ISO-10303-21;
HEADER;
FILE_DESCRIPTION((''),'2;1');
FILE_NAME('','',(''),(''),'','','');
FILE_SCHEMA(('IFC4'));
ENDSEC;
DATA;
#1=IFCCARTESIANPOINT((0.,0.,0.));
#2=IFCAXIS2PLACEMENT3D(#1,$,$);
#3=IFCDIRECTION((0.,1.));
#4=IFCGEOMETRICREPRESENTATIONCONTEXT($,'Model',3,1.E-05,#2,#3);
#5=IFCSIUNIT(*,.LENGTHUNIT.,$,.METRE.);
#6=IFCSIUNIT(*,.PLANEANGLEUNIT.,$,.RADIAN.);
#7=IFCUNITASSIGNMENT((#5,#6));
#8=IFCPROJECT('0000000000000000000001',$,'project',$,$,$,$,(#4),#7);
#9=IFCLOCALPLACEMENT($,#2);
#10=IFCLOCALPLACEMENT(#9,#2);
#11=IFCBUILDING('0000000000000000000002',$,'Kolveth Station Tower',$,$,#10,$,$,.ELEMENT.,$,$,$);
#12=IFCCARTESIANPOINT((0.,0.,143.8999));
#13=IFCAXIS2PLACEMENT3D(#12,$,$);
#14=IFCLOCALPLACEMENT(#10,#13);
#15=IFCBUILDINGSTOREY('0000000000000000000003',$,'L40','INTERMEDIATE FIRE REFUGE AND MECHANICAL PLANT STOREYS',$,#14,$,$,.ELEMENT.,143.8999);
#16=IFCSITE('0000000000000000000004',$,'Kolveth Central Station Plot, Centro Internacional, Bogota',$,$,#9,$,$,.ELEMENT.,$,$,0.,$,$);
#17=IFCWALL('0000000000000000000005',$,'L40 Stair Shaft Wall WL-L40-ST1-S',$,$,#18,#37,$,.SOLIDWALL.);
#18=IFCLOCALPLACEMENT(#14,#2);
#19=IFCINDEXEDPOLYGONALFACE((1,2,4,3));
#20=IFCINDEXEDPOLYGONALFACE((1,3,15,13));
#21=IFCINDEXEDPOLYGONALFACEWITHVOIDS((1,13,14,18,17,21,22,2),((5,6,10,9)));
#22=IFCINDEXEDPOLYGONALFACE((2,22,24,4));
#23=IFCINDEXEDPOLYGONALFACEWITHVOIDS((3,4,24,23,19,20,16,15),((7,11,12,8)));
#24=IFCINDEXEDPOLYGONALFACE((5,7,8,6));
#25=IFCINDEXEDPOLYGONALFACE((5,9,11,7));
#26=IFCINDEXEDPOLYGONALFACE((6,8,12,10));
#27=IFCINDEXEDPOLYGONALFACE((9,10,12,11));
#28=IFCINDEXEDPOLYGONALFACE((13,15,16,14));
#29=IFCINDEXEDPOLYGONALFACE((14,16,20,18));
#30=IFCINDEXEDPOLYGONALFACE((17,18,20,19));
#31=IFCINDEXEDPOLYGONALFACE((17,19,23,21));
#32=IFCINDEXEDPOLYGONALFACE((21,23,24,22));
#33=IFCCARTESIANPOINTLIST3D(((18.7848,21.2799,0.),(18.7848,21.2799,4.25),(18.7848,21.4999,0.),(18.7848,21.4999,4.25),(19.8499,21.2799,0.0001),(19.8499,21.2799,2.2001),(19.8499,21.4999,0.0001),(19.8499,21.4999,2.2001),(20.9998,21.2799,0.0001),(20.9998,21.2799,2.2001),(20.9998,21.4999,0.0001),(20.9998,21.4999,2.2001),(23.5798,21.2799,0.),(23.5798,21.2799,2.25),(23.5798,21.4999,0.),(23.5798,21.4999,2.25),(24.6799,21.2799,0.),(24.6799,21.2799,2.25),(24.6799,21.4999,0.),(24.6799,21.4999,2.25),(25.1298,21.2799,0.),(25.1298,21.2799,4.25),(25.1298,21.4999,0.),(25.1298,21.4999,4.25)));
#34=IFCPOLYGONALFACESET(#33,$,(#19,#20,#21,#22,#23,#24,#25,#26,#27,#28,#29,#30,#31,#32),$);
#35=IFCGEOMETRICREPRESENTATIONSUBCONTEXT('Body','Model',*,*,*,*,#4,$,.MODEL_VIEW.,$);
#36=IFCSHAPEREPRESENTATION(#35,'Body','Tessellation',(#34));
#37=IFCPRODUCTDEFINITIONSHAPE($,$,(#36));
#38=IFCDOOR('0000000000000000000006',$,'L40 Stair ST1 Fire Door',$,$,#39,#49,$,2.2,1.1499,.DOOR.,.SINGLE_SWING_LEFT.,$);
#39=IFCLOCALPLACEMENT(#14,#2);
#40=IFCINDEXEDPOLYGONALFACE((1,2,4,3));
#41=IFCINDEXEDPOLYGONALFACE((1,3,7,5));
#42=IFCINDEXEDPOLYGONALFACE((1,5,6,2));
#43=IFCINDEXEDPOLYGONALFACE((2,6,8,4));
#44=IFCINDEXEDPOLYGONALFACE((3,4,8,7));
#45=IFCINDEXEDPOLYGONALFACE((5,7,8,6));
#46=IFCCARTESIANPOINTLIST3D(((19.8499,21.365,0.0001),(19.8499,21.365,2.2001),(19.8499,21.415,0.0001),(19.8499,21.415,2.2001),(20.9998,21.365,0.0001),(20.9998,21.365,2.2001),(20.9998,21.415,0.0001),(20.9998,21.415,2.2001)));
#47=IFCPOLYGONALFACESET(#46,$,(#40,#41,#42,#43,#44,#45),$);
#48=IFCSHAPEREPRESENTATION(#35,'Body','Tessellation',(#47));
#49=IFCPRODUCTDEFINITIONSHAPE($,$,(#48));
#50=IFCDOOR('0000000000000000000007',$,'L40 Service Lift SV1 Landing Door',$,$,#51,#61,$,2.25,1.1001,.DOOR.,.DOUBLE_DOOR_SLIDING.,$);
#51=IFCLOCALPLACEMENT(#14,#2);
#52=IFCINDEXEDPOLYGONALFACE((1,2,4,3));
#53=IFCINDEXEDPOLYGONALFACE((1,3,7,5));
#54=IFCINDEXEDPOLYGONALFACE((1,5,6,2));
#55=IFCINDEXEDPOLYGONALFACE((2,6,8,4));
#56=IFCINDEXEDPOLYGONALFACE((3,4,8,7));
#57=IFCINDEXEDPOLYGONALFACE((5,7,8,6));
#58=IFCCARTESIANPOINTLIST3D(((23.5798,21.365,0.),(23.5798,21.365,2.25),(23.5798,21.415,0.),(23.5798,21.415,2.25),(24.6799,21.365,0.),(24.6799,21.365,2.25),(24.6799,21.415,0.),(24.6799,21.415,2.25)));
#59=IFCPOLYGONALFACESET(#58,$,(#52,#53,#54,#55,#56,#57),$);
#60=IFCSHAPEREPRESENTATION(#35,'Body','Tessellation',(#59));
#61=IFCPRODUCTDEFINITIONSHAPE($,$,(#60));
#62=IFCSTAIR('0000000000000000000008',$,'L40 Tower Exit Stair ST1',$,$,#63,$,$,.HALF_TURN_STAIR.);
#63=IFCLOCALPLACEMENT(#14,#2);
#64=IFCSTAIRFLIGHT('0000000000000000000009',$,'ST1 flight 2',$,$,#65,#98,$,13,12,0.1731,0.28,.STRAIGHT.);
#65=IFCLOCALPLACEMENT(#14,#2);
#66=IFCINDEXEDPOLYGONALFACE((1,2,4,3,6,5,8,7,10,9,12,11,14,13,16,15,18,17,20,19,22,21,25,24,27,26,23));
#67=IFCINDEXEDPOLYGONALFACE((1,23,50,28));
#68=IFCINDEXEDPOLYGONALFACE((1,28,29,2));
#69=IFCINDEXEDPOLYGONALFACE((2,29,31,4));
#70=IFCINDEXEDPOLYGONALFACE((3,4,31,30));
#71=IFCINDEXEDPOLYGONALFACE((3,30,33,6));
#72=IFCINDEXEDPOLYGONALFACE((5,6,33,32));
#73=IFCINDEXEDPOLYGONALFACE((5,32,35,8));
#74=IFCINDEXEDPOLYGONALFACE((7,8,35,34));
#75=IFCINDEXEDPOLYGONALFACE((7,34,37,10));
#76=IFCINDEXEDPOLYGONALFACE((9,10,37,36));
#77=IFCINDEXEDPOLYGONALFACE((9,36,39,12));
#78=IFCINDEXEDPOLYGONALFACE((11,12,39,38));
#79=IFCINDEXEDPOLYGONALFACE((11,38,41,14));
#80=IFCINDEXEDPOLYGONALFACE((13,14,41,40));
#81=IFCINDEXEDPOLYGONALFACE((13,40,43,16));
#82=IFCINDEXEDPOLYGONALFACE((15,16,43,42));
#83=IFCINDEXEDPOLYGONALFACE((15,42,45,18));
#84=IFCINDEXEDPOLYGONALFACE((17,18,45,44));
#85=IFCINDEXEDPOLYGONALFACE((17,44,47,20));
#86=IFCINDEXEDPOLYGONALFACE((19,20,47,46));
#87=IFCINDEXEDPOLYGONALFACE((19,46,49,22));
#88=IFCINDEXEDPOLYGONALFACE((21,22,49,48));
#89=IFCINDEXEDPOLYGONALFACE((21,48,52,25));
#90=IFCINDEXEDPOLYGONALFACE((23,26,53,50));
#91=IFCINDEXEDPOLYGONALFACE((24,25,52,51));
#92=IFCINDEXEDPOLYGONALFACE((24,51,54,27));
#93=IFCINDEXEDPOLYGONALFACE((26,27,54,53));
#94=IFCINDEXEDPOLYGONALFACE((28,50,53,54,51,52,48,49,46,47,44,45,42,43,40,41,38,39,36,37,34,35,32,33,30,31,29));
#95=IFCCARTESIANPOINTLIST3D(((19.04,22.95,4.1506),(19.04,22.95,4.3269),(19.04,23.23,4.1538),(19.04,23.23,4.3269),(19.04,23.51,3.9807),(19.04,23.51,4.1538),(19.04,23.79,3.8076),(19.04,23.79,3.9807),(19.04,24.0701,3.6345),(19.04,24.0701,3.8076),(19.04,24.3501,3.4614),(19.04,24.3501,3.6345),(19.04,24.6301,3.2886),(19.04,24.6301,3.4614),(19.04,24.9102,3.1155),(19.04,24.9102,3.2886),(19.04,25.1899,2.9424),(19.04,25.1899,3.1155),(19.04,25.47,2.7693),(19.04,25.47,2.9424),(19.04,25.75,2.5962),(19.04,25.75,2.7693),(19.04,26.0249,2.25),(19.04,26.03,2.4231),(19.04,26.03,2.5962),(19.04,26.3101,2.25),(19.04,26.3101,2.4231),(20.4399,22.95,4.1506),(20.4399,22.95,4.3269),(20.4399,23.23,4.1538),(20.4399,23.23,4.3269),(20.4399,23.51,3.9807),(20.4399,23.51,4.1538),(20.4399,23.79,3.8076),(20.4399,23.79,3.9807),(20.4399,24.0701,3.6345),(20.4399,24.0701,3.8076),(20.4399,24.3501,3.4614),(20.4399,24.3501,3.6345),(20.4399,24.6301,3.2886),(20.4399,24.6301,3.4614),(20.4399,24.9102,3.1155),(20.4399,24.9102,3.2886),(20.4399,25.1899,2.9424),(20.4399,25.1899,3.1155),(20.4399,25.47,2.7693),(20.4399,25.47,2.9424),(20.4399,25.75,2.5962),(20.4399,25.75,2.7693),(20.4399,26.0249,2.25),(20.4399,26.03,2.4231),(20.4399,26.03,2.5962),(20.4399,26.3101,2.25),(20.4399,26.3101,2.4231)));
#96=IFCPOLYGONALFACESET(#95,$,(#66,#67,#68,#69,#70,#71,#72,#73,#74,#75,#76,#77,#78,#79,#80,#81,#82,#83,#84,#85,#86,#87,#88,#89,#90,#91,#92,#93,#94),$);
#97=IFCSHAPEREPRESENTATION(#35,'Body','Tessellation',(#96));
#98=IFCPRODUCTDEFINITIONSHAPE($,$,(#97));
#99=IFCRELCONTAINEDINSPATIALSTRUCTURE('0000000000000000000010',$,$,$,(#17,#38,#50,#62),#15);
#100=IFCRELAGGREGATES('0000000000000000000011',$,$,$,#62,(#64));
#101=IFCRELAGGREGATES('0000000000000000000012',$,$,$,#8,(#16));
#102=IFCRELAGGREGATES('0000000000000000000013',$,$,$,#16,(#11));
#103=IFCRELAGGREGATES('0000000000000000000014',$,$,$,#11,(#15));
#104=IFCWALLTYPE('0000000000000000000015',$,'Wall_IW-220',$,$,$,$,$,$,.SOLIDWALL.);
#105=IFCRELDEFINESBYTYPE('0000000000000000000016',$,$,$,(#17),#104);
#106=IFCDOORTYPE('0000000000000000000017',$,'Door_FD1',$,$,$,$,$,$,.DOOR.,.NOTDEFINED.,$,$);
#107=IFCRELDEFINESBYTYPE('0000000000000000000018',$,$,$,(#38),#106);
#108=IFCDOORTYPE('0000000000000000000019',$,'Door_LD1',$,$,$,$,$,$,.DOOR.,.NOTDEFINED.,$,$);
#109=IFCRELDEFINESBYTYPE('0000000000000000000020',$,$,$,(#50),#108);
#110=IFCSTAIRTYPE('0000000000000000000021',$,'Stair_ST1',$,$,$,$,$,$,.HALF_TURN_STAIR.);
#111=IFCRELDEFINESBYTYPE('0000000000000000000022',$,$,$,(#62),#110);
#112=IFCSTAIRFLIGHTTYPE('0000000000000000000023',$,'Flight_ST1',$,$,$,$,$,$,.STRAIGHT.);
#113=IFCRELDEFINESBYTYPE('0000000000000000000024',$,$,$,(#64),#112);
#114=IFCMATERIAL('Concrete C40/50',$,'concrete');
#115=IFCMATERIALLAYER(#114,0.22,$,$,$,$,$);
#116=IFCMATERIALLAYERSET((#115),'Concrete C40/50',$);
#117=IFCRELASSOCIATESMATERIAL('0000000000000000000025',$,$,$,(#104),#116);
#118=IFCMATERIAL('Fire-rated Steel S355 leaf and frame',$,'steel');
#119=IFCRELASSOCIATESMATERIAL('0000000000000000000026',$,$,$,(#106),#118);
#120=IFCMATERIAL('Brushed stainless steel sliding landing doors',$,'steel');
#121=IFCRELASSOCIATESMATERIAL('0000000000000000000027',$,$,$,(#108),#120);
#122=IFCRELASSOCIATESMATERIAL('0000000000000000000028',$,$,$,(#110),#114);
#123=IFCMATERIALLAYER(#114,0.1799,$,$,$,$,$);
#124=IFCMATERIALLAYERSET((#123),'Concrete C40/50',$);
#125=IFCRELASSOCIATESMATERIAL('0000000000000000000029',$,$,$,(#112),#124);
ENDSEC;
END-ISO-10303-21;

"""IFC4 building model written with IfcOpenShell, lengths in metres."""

from ifc_helpers import new_model, si_unit, direction, frame, frame_2d, origin, place, context, subcontext, project, spatial, polyline, rectangle, outline, extrude, material, layer, layer_set, type_object, element, fill, aggregate, save


model = new_model("IFC4")

# Units and contexts
model_context = context("Model", 3, precision=1e-05, world=origin(), true_north=direction((0.0, 1.0)))
body_context = subcontext(model_context, "Body", "Model", "MODEL_VIEW")
ifc_project = project(units=[si_unit("LENGTHUNIT", "METRE"), si_unit("PLANEANGLEUNIT", "RADIAN")], contexts=[model_context])

# Site, building, storey
site_placement = place(None, origin())
site = spatial("IfcSite", under=ifc_project, at=site_placement, Name="Kolveth Central Station Plot, Centro Internacional, Bogota", CompositionType="ELEMENT", RefElevation=0.0)
building_placement = place(site_placement, origin())
building = spatial("IfcBuilding", under=site, at=building_placement, Name="Kolveth Station Tower", CompositionType="ELEMENT")
storey_placement = place(building_placement, frame((0.0, 0.0, 143.8999)))
storey = spatial("IfcBuildingStorey", under=building, at=storey_placement, Name="L40", Description="INTERMEDIATE FIRE REFUGE AND MECHANICAL PLANT STOREYS", CompositionType="ELEMENT", Elevation=143.8999)

# Shared definitions
ifc_material_1 = material(Name="Concrete C40/50", Category="concrete")
ifc_layer_1 = layer(ifc_material_1, 0.22)
ifc_layer_set_1 = layer_set([ifc_layer_1], Name="Concrete C40/50")
wall_type_1 = type_object("IfcWallType", Name="Wall_IW-220", PredefinedType="SOLIDWALL", material=ifc_layer_set_1)

# Wall, openings, doors
wall_1_placement = place(storey_placement, frame((18.7849, 21.3899, 0.0), z_axis=(0.0, 0.0, 1.0), x_axis=(1.0, 0.0, 0.0)))
wall_1 = element("IfcWall", 1, at=wall_1_placement, inside=storey, type_object=wall_type_1, Name="L40 Stair Shaft Wall WL-L40-ST1-S", PredefinedType="SOLIDWALL", context=body_context, shape_type="SweptSolid", body=[
    extrude(rectangle(XDim=6.345, YDim=0.22, at=frame_2d((3.1724, 0.0))), origin(), (0.0, 0.0, 1.0), 4.25),
])
opening_1_placement = place(wall_1_placement, frame((1.0649, 0.0, 0.0)))
opening_1 = element("IfcOpeningElement", 2, at=opening_1_placement, cuts=wall_1, PredefinedType="OPENING", context=body_context, shape_type="SweptSolid", body=[
    extrude(rectangle(XDim=1.1499, YDim=2.2, at=frame_2d((0.575, 1.1001))), frame((0.0, 0.1199, 0.0), z_axis=(0.0, -1.0, 0.0), x_axis=(1.0, 0.0, 0.0)), (0.0, 0.0, 1.0), 0.24),
])
opening_2_placement = place(wall_1_placement, frame((4.7949, 0.0, 0.0)))
opening_2 = element("IfcOpeningElement", 3, at=opening_2_placement, cuts=wall_1, PredefinedType="OPENING", context=body_context, shape_type="SweptSolid", body=[
    extrude(rectangle(XDim=1.1001, YDim=2.25, at=frame_2d((0.55, 1.125))), frame((0.0, 0.1199, 0.0), z_axis=(0.0, -1.0, 0.0), x_axis=(1.0, 0.0, 0.0)), (0.0, 0.0, 1.0), 0.24),
])
ifc_material_2 = material(Name="Fire-rated Steel S355 leaf and frame", Category="steel")
door_type_1 = type_object("IfcDoorType", Name="Door_FD1", OperationType="NOTDEFINED", PredefinedType="DOOR", material=ifc_material_2)
door_1_placement = place(opening_1_placement, frame((1.1499, 0.0, 0.0), z_axis=(0.0, 0.0, 1.0), x_axis=(-1.0, 0.0, 0.0)))
door_1 = element("IfcDoor", 4, at=door_1_placement, inside=storey, type_object=door_type_1, Name="L40 Stair ST1 Fire Door", OperationType="SINGLE_SWING_LEFT", OverallHeight=2.2, OverallWidth=1.1499, PredefinedType="DOOR", context=body_context, shape_type="SweptSolid", body=[
    extrude(rectangle(XDim=1.1499, YDim=2.2, at=frame_2d((0.575, 1.1001))), frame((0.0, 0.0249, 0.0), z_axis=(0.0, -1.0, 0.0), x_axis=(1.0, 0.0, 0.0)), (0.0, 0.0, 1.0), 0.05),
])
fill(opening_1, door_1)
ifc_material_3 = material(Name="Brushed stainless steel sliding landing doors", Category="steel")
door_type_2 = type_object("IfcDoorType", Name="Door_LD1", OperationType="NOTDEFINED", PredefinedType="DOOR", material=ifc_material_3)
door_2_placement = place(opening_2_placement, frame((1.1001, 0.0, 0.0), z_axis=(0.0, 0.0, 1.0), x_axis=(-1.0, 0.0, 0.0)))
door_2 = element("IfcDoor", 5, at=door_2_placement, inside=storey, type_object=door_type_2, Name="L40 Service Lift SV1 Landing Door", OperationType="DOUBLE_DOOR_SLIDING", OverallHeight=2.25, OverallWidth=1.1001, PredefinedType="DOOR", context=body_context, shape_type="SweptSolid", body=[
    extrude(rectangle(XDim=1.1001, YDim=2.25, at=frame_2d((0.55, 1.125))), frame((0.0, 0.0249, 0.0), z_axis=(0.0, -1.0, 0.0), x_axis=(1.0, 0.0, 0.0)), (0.0, 0.0, 1.0), 0.05),
])
fill(opening_2, door_2)

# Stair, stair flight
stair_type = type_object("IfcStairType", Name="Stair_ST1", PredefinedType="HALF_TURN_STAIR", material=ifc_material_1)
stair_placement = place(storey_placement, origin())
stair = element("IfcStair", 6, at=stair_placement, inside=storey, type_object=stair_type, Name="L40 Tower Exit Stair ST1", PredefinedType="HALF_TURN_STAIR")
ifc_layer_2 = layer(ifc_material_1, 0.1799)
ifc_layer_set_2 = layer_set([ifc_layer_2], Name="Concrete C40/50")
stair_flight_type = type_object("IfcStairFlightType", Name="Flight_ST1", PredefinedType="STRAIGHT", material=ifc_layer_set_2)
stair_flight_placement = place(storey_placement, frame((19.74, 26.3101, 2.25), z_axis=(0.0, 0.0, 1.0), x_axis=(0.0, -1.0, 0.0)))
stair_flight = element("IfcStairFlight", 7, at=stair_flight_placement, type_object=stair_flight_type, Name="ST1 flight 2", NumberOfRisers=13, NumberOfTreads=12, PredefinedType="STRAIGHT", RiserHeight=0.1731, TreadLength=0.28, context=body_context, shape_type="SweptSolid", body=[
    extrude(outline(polyline([(0.0, 0.0), (0.0, 0.1731), (0.28, 0.1731), (0.28, 0.3462), (0.5601, 0.3462), (0.5601, 0.5193), (0.8401, 0.5193), (0.8401, 0.6924), (1.1201, 0.6924), (1.1201, 0.8655), (1.3999, 0.8655), (1.3999, 1.0386), (1.6799, 1.0386), (1.6799, 1.2114), (1.96, 1.2114), (1.96, 1.3845), (2.24, 1.3845), (2.24, 1.5576), (2.52, 1.5576), (2.52, 1.7307), (2.8, 1.7307), (2.8, 1.9038), (3.0801, 1.9038), (3.0801, 2.0769), (3.3601, 2.0769), (3.3601, 2.25), (3.3601, 1.9006), (0.2852, 0.0), (0.0, 0.0)])), frame((0.0, 0.7, 0.0), z_axis=(0.0, -1.0, 0.0), x_axis=(1.0, 0.0, 0.0)), (0.0, 0.0, 1.0), 1.3999),
])
aggregate(stair, [stair_flight])

save(model, "model.ifc")
